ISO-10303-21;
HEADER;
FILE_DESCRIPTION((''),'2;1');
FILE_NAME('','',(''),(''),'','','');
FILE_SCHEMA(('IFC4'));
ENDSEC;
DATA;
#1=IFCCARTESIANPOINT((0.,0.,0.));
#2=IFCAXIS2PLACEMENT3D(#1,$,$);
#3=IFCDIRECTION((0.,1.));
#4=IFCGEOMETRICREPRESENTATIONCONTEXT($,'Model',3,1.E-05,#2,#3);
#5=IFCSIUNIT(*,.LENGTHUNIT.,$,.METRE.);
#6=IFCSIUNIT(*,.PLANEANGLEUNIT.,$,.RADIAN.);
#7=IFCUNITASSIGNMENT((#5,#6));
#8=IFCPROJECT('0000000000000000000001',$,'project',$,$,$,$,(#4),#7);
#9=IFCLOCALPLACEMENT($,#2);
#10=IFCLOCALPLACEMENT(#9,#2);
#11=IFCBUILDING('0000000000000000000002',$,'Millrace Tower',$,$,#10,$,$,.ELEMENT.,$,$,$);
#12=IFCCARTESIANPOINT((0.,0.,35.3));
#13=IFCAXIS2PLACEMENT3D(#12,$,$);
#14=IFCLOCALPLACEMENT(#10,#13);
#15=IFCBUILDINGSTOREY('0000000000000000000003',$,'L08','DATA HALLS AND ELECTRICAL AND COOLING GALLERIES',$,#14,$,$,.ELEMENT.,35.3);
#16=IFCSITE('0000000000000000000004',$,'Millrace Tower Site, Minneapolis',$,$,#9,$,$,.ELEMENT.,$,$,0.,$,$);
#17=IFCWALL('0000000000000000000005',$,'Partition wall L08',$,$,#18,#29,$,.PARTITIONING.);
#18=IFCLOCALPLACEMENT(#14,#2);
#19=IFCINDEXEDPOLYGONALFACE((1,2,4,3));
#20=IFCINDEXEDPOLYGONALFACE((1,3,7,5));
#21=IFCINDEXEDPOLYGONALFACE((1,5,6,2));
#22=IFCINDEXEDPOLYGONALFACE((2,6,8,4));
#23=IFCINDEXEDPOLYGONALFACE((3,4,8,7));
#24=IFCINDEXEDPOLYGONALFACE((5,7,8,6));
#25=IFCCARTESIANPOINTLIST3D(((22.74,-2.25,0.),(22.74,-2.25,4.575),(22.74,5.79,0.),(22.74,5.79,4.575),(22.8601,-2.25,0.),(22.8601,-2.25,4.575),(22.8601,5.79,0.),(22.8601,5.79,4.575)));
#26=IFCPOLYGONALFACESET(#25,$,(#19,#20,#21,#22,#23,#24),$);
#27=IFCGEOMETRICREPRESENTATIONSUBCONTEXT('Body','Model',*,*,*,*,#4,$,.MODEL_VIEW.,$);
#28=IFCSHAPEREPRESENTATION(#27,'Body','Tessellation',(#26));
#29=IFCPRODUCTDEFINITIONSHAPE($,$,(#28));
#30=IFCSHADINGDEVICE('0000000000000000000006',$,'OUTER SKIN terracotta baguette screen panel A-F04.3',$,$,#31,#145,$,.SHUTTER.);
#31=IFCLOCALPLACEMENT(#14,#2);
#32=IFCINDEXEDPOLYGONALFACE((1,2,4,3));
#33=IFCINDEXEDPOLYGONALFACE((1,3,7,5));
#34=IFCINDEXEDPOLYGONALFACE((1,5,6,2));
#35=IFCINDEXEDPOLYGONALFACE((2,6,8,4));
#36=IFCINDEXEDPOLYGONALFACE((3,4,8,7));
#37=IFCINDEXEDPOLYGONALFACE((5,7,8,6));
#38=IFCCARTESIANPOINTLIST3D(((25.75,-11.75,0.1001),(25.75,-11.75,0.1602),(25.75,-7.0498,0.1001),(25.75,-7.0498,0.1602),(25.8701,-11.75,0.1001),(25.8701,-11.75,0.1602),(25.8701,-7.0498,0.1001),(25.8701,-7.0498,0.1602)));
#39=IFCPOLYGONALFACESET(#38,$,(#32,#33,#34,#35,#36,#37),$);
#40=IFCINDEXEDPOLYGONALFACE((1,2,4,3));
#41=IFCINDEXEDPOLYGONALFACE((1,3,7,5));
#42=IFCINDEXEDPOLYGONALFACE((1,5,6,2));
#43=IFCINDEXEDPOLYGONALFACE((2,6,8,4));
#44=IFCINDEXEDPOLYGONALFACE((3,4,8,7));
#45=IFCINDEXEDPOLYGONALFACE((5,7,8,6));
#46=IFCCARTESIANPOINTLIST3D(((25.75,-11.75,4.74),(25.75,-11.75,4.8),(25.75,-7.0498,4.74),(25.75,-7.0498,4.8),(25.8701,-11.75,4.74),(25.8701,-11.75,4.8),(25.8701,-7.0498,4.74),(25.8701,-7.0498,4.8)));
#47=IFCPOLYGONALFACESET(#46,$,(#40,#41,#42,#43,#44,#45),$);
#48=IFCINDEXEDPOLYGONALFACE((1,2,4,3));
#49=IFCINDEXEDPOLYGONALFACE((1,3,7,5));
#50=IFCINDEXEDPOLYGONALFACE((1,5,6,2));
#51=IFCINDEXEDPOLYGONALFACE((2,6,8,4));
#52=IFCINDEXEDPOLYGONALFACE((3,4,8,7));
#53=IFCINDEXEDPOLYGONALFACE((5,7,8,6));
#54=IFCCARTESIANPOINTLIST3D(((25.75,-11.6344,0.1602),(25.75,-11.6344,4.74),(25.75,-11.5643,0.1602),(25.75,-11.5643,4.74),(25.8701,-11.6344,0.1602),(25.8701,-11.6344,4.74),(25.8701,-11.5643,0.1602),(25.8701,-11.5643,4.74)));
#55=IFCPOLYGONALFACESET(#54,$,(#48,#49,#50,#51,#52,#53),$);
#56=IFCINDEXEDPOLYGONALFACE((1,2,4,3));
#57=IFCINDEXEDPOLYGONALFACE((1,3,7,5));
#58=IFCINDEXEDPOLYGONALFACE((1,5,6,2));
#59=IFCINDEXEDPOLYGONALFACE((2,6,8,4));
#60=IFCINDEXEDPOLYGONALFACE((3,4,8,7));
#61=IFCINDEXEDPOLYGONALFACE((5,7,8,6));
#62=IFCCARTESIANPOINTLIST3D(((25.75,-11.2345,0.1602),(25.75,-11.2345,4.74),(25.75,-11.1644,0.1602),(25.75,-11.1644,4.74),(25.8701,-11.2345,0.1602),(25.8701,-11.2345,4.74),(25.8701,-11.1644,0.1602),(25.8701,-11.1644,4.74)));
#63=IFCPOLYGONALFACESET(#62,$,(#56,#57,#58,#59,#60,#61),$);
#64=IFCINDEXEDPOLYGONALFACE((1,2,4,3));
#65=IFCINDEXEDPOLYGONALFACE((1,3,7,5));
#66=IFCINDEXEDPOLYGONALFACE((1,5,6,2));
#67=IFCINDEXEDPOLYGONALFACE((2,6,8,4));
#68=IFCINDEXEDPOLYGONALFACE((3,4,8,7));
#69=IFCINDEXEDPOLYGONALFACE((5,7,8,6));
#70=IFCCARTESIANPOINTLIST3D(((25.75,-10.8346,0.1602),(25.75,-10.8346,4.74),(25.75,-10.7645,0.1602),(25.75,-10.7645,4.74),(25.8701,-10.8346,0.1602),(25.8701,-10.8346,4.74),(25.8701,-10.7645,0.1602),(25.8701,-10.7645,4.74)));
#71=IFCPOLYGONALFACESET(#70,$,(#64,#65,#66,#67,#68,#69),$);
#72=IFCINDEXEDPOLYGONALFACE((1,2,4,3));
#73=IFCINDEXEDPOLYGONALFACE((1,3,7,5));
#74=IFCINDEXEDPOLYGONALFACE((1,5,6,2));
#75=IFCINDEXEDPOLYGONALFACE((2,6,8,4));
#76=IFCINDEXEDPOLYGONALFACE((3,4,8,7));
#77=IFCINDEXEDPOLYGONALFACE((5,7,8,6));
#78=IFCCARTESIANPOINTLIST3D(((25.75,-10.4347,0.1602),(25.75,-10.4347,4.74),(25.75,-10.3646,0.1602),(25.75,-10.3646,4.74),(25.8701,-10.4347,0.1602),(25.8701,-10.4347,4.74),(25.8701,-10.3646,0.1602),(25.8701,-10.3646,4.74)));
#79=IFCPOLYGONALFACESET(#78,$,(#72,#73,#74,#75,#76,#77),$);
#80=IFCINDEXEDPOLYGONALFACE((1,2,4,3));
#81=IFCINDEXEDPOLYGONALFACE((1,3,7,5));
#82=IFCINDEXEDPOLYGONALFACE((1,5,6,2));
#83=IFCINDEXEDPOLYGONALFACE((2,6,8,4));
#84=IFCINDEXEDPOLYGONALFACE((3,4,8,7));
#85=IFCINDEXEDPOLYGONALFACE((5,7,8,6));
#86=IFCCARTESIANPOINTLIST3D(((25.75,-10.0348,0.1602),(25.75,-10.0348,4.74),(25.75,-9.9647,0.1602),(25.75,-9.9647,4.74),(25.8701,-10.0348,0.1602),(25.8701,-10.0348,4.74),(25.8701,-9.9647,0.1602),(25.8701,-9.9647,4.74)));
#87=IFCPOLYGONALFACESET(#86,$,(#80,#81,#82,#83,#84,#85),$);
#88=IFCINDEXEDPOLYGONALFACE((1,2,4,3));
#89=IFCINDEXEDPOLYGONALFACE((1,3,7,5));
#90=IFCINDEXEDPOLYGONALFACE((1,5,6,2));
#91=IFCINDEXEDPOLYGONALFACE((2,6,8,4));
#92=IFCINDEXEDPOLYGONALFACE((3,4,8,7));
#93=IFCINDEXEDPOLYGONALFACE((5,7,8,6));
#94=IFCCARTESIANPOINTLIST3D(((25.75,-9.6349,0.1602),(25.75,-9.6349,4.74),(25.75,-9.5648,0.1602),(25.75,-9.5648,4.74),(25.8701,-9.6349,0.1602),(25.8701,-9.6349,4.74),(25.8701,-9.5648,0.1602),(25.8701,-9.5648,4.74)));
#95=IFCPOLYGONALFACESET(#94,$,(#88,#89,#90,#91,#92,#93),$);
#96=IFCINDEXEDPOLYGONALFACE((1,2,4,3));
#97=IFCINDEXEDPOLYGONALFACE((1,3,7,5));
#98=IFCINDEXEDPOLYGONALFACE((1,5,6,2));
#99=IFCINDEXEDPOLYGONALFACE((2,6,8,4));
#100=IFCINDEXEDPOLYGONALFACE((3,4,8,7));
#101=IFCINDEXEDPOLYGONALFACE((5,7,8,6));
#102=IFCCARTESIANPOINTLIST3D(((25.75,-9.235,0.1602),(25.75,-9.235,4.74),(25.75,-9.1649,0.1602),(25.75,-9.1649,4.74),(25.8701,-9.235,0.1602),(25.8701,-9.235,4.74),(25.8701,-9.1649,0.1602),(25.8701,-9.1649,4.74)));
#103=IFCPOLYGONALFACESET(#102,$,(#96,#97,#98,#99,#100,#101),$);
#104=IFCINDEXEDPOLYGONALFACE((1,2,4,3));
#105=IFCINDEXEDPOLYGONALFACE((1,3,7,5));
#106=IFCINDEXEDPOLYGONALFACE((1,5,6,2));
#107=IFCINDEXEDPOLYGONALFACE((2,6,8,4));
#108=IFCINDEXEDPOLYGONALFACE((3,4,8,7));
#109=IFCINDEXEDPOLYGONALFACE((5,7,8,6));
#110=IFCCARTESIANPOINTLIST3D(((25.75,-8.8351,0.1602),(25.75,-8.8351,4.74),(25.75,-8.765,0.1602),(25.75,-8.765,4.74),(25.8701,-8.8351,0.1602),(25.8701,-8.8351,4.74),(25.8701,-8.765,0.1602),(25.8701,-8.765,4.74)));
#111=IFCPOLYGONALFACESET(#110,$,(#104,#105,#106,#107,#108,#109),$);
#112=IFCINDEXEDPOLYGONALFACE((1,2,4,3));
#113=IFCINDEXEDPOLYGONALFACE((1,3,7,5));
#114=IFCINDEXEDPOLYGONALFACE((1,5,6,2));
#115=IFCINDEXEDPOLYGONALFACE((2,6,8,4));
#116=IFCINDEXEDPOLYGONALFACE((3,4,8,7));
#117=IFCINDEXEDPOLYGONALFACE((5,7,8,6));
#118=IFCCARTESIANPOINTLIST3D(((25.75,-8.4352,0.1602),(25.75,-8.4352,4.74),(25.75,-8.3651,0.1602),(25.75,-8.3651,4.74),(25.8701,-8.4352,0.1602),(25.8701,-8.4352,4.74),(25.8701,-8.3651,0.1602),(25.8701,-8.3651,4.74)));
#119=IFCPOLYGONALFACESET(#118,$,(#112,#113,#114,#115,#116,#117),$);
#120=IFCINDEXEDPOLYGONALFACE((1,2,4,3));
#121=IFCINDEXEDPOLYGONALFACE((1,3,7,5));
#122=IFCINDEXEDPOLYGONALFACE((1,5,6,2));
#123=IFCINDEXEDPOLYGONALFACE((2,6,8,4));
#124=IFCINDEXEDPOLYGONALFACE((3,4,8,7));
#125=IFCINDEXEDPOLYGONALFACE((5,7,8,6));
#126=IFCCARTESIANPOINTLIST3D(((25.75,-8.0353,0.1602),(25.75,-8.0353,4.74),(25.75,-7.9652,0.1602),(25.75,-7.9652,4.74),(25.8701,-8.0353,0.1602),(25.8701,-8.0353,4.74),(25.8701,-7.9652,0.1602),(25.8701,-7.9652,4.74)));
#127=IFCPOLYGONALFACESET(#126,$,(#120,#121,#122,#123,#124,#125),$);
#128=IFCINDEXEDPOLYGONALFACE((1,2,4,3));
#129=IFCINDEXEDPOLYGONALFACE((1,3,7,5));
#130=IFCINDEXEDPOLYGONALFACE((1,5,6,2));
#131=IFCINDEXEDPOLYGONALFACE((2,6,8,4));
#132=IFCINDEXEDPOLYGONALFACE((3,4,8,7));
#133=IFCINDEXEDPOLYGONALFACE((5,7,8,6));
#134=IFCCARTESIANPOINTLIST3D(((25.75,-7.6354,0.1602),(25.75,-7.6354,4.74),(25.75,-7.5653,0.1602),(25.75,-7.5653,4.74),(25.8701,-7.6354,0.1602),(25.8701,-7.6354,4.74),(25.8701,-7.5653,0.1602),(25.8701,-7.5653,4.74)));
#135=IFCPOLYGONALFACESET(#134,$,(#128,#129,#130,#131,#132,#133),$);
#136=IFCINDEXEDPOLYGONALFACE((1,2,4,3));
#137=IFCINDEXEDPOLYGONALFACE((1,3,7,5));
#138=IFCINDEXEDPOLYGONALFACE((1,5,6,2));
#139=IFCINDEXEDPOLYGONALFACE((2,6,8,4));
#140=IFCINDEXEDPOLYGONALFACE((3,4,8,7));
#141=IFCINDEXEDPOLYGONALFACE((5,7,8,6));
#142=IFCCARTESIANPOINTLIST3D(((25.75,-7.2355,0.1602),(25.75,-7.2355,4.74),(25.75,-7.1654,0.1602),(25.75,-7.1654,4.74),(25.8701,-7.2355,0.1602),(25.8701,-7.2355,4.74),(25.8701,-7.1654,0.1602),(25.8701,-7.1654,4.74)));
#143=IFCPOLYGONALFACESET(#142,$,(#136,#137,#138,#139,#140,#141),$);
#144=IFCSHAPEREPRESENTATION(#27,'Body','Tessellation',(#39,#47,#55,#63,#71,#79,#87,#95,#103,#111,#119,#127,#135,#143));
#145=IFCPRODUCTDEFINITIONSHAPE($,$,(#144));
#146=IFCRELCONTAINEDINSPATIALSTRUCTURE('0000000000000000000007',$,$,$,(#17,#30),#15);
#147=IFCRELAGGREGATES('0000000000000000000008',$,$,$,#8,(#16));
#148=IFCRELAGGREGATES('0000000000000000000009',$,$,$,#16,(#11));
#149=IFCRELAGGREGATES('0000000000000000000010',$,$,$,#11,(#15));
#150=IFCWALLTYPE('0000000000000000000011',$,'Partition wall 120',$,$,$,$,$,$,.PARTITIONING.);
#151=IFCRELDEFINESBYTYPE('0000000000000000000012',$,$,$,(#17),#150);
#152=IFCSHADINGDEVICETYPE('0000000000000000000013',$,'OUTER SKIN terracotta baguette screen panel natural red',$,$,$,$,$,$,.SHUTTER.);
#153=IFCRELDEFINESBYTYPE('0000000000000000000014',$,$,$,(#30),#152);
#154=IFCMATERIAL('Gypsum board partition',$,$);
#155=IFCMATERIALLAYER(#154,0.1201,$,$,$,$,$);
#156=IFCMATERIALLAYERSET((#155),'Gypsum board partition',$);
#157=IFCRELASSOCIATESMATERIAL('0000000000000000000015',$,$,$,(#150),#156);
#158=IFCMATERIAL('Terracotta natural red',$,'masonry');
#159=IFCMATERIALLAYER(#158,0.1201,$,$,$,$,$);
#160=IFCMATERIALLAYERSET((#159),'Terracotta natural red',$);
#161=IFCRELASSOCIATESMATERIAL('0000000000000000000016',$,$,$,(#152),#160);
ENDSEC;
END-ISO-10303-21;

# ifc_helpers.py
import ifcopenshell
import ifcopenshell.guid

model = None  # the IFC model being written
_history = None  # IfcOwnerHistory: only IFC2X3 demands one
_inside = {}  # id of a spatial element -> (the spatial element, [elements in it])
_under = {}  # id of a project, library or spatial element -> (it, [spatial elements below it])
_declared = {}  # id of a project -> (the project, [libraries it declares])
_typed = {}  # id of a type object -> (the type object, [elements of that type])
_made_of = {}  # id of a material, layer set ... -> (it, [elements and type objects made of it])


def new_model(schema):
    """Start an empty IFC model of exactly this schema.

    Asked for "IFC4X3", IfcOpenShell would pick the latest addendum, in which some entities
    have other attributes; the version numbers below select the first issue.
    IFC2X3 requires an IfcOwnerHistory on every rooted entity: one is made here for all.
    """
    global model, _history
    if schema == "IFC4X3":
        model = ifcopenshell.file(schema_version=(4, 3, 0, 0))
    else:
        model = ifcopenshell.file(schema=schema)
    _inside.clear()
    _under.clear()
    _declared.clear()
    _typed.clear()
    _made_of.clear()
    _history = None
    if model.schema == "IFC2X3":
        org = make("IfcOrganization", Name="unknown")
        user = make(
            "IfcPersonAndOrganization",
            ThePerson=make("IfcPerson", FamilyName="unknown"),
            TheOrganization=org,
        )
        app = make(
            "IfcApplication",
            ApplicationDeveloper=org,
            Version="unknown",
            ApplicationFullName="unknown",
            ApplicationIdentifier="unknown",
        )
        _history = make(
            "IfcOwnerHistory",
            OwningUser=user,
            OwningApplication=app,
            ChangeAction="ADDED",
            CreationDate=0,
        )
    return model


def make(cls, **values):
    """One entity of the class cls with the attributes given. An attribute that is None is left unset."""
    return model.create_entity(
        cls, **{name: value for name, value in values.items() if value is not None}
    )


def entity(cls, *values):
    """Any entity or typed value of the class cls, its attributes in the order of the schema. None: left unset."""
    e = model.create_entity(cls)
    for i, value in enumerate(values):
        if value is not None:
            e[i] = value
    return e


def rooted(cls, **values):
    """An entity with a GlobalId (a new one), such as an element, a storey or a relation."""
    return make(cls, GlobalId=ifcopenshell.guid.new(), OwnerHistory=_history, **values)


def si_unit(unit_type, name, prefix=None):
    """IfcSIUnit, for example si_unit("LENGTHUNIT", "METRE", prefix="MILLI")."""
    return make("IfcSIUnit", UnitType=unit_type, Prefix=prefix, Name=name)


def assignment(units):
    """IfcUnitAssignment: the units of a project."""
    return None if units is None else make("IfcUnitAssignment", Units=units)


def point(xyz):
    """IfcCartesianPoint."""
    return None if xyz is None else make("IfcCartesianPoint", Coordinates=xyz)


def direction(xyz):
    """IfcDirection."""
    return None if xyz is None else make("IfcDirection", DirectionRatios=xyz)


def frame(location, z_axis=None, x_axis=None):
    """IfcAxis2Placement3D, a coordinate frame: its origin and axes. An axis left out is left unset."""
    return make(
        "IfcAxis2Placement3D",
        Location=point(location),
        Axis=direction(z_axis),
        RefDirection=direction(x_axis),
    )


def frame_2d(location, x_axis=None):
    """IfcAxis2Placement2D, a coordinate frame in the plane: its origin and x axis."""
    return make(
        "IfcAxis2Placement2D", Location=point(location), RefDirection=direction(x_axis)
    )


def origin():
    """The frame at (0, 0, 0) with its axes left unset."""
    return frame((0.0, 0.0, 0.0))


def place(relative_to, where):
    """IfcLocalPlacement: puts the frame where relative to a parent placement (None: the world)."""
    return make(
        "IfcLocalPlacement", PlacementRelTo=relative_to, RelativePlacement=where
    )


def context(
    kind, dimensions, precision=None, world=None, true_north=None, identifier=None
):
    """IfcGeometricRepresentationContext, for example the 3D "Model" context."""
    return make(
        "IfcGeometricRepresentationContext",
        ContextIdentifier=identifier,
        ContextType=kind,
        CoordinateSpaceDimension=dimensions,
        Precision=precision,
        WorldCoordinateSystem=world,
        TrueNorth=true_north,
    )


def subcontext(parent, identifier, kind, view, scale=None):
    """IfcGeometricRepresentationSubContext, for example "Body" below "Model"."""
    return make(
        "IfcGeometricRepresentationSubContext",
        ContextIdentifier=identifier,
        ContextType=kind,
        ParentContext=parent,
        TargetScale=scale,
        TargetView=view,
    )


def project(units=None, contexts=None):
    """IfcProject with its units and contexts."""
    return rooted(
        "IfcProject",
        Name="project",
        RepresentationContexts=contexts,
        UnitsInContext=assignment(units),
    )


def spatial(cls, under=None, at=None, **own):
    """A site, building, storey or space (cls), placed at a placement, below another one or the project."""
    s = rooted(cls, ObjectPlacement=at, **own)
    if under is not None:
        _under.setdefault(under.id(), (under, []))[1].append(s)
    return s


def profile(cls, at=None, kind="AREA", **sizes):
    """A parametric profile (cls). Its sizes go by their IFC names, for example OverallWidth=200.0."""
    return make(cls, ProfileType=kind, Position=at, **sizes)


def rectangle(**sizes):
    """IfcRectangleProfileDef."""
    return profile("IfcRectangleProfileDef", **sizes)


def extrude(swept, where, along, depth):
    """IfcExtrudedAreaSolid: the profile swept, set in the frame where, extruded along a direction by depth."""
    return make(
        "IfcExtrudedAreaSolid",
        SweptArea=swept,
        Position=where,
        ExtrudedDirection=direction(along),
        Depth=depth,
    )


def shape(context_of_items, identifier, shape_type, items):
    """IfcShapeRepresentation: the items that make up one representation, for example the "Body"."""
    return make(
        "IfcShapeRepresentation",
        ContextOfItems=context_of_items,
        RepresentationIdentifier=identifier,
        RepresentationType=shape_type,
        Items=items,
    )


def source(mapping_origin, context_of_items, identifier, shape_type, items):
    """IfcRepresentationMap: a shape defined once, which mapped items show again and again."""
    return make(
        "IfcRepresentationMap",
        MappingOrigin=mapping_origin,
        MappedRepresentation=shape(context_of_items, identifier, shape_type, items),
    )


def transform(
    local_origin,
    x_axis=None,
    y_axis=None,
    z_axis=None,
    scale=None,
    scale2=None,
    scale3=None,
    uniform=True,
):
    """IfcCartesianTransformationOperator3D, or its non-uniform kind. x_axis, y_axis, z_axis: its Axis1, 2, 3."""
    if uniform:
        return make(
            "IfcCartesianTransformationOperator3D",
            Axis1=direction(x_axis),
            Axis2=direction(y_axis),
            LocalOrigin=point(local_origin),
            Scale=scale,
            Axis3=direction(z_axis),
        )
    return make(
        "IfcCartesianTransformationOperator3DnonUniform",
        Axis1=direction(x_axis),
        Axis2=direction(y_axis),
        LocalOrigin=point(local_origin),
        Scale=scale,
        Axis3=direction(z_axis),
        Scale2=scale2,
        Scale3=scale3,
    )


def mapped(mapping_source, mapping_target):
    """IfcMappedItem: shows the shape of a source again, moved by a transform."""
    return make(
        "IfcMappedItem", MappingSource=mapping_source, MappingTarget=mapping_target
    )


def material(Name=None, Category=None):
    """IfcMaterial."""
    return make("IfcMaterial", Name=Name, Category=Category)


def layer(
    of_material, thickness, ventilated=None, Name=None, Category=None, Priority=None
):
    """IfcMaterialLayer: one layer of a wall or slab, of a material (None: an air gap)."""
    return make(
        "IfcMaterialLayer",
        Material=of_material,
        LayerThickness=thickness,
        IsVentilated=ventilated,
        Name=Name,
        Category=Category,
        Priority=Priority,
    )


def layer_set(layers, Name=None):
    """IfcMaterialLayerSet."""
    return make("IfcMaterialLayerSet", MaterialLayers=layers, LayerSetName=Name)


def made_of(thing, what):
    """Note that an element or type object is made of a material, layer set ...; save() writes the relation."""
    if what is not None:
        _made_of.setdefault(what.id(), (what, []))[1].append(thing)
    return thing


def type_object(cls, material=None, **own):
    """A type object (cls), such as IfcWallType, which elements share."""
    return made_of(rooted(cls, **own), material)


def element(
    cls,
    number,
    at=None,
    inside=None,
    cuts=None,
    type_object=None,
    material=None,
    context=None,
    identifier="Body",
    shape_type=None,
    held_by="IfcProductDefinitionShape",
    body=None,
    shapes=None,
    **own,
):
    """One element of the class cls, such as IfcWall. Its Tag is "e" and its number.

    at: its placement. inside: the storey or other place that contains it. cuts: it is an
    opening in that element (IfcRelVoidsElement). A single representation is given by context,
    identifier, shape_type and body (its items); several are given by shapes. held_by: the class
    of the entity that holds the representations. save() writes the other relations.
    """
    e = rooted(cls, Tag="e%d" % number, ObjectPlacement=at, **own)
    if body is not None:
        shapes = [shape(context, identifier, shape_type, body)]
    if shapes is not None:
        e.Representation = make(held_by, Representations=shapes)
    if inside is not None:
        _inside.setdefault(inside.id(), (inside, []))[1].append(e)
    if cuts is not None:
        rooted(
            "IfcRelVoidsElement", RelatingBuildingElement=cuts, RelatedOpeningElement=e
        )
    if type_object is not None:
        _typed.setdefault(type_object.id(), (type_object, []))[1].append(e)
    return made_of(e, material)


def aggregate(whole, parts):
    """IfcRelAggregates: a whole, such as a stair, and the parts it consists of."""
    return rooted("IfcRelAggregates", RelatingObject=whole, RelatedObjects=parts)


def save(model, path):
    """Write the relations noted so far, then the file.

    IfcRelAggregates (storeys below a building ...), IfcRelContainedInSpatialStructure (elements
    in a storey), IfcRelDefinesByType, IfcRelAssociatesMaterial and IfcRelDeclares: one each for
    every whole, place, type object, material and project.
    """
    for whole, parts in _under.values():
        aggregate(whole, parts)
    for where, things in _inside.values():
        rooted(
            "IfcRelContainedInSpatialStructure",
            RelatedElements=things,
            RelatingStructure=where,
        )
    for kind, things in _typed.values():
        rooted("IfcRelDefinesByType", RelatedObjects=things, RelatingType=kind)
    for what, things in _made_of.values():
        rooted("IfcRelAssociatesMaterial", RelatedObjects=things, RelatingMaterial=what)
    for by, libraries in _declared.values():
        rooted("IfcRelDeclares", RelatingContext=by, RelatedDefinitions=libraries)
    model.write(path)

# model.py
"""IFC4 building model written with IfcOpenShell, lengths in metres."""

from ifc_helpers import new_model, entity, si_unit, direction, frame, frame_2d, origin, place, context, subcontext, project, spatial, rectangle, extrude, source, transform, mapped, material, layer, layer_set, type_object, element, save


model = new_model("IFC4")

# Units and contexts
model_context = context("Model", 3, precision=1e-05, world=origin(), true_north=direction((0.0, 1.0)))
body_context = subcontext(model_context, "Body", "Model", "MODEL_VIEW")
ifc_project = project(units=[si_unit("LENGTHUNIT", "METRE"), si_unit("PLANEANGLEUNIT", "RADIAN")], contexts=[model_context])

# Site, building, storey
site_placement = place(None, origin())
site = spatial("IfcSite", under=ifc_project, at=site_placement, Name="Millrace Tower Site, Minneapolis", CompositionType="ELEMENT", RefElevation=0.0)
building_placement = place(site_placement, origin())
building = spatial("IfcBuilding", under=site, at=building_placement, Name="Millrace Tower", CompositionType="ELEMENT")
storey_placement = place(building_placement, frame((0.0, 0.0, 35.3)))
storey = spatial("IfcBuildingStorey", under=building, at=storey_placement, Name="L08", Description="DATA HALLS AND ELECTRICAL AND COOLING GALLERIES", CompositionType="ELEMENT", Elevation=35.3)

# Wall
ifc_material_1 = material(Name="Gypsum board partition")
ifc_layer_1 = layer(ifc_material_1, 0.1201)
ifc_layer_set_1 = layer_set([ifc_layer_1], Name="Gypsum board partition")
wall_type_1 = type_object("IfcWallType", Name="Partition wall 120", PredefinedType="PARTITIONING", material=ifc_layer_set_1)
wall_placement = place(storey_placement, frame((22.8, -2.25, 0.0), z_axis=(0.0, 0.0, 1.0), x_axis=(0.0, 1.0, 0.0)))
element("IfcWall", 1, at=wall_placement, inside=storey, type_object=wall_type_1, Name="Partition wall L08", PredefinedType="PARTITIONING", context=body_context, shape_type="SweptSolid", body=[
    extrude(rectangle(XDim=8.04, YDim=0.1201, at=frame_2d((4.02, 0.0))), origin(), (0.0, 0.0, 1.0), 4.575),
])

# Shading device
ifc_material_2 = material(Name="Terracotta natural red", Category="masonry")
ifc_layer_2 = layer(ifc_material_2, 0.1201)
ifc_layer_set_2 = layer_set([ifc_layer_2], Name="Terracotta natural red")
shading_device_type = type_object("IfcShadingDeviceType", Name="OUTER SKIN terracotta baguette screen panel natural red", PredefinedType="SHUTTER", material=ifc_layer_set_2)
cartesian_point = entity("IfcCartesianPoint", [-2.3501, 0.0601])
shared_polyline = entity("IfcPolyline", [cartesian_point, entity("IfcCartesianPoint", [2.3501, 0.0601]), entity("IfcCartesianPoint", [2.3501, -0.0601]), entity("IfcCartesianPoint", [-2.3501, -0.0601]), cartesian_point])
shared_shape = source(origin(), body_context, "Body", "SweptSolid", [
    entity("IfcExtrudedAreaSolid", entity("IfcArbitraryClosedProfileDef", "AREA", None, shared_polyline), entity("IfcAxis2Placement3D", entity("IfcCartesianPoint", [0.0, 0.0, 0.0])), entity("IfcDirection", [0.0, 0.0, 1.0]), 0.0601),
    entity("IfcExtrudedAreaSolid", entity("IfcArbitraryClosedProfileDef", "AREA", None, shared_polyline), entity("IfcAxis2Placement3D", entity("IfcCartesianPoint", [0.0, 0.0, 4.6399])), entity("IfcDirection", [0.0, 0.0, 1.0]), 0.0601),
    extrude(rectangle(XDim=0.0701, YDim=0.1201, at=frame_2d((-2.1995, 0.0))), frame((0.0, 0.0, 0.0601)), (0.0, 0.0, 1.0), 4.5798),
    extrude(rectangle(XDim=0.0701, YDim=0.1201, at=frame_2d((-1.7996, 0.0))), frame((0.0, 0.0, 0.0601)), (0.0, 0.0, 1.0), 4.5798),
    extrude(rectangle(XDim=0.0701, YDim=0.1201, at=frame_2d((-1.3997, 0.0))), frame((0.0, 0.0, 0.0601)), (0.0, 0.0, 1.0), 4.5798),
    extrude(rectangle(XDim=0.0701, YDim=0.1201, at=frame_2d((-0.9998, 0.0))), frame((0.0, 0.0, 0.0601)), (0.0, 0.0, 1.0), 4.5798),
    extrude(rectangle(XDim=0.0701, YDim=0.1201, at=frame_2d((-0.5999, 0.0))), frame((0.0, 0.0, 0.0601)), (0.0, 0.0, 1.0), 4.5798),
    extrude(rectangle(XDim=0.0701, YDim=0.1201, at=frame_2d((-0.2, 0.0))), frame((0.0, 0.0, 0.0601)), (0.0, 0.0, 1.0), 4.5798),
    extrude(rectangle(XDim=0.0701, YDim=0.1201, at=frame_2d((0.2, 0.0))), frame((0.0, 0.0, 0.0601)), (0.0, 0.0, 1.0), 4.5798),
    extrude(rectangle(XDim=0.0701, YDim=0.1201, at=frame_2d((0.5999, 0.0))), frame((0.0, 0.0, 0.0601)), (0.0, 0.0, 1.0), 4.5798),
    extrude(rectangle(XDim=0.0701, YDim=0.1201, at=frame_2d((0.9998, 0.0))), frame((0.0, 0.0, 0.0601)), (0.0, 0.0, 1.0), 4.5798),
    extrude(rectangle(XDim=0.0701, YDim=0.1201, at=frame_2d((1.3997, 0.0))), frame((0.0, 0.0, 0.0601)), (0.0, 0.0, 1.0), 4.5798),
    extrude(rectangle(XDim=0.0701, YDim=0.1201, at=frame_2d((1.7996, 0.0))), frame((0.0, 0.0, 0.0601)), (0.0, 0.0, 1.0), 4.5798),
    extrude(rectangle(XDim=0.0701, YDim=0.1201, at=frame_2d((2.1995, 0.0))), frame((0.0, 0.0, 0.0601)), (0.0, 0.0, 1.0), 4.5798),
])
for number, where, z_axis, x_axis, name in (
    (2, (25.8101, -9.3999, 0.1001), (0.0, 0.0, 1.0), (0.0, 1.0, 0.0), "OUTER SKIN terracotta baguette screen panel A-F04.3"),
):
    element("IfcShadingDevice", number, at=place(storey_placement, frame(where, z_axis=z_axis, x_axis=x_axis)), inside=storey, type_object=shading_device_type, Name=name, PredefinedType="SHUTTER", context=body_context, shape_type="MappedRepresentation", body=[
        mapped(shared_shape, transform((0.0, 0.0, 0.0), scale=1.0)),
    ])

save(model, "model.ifc")
